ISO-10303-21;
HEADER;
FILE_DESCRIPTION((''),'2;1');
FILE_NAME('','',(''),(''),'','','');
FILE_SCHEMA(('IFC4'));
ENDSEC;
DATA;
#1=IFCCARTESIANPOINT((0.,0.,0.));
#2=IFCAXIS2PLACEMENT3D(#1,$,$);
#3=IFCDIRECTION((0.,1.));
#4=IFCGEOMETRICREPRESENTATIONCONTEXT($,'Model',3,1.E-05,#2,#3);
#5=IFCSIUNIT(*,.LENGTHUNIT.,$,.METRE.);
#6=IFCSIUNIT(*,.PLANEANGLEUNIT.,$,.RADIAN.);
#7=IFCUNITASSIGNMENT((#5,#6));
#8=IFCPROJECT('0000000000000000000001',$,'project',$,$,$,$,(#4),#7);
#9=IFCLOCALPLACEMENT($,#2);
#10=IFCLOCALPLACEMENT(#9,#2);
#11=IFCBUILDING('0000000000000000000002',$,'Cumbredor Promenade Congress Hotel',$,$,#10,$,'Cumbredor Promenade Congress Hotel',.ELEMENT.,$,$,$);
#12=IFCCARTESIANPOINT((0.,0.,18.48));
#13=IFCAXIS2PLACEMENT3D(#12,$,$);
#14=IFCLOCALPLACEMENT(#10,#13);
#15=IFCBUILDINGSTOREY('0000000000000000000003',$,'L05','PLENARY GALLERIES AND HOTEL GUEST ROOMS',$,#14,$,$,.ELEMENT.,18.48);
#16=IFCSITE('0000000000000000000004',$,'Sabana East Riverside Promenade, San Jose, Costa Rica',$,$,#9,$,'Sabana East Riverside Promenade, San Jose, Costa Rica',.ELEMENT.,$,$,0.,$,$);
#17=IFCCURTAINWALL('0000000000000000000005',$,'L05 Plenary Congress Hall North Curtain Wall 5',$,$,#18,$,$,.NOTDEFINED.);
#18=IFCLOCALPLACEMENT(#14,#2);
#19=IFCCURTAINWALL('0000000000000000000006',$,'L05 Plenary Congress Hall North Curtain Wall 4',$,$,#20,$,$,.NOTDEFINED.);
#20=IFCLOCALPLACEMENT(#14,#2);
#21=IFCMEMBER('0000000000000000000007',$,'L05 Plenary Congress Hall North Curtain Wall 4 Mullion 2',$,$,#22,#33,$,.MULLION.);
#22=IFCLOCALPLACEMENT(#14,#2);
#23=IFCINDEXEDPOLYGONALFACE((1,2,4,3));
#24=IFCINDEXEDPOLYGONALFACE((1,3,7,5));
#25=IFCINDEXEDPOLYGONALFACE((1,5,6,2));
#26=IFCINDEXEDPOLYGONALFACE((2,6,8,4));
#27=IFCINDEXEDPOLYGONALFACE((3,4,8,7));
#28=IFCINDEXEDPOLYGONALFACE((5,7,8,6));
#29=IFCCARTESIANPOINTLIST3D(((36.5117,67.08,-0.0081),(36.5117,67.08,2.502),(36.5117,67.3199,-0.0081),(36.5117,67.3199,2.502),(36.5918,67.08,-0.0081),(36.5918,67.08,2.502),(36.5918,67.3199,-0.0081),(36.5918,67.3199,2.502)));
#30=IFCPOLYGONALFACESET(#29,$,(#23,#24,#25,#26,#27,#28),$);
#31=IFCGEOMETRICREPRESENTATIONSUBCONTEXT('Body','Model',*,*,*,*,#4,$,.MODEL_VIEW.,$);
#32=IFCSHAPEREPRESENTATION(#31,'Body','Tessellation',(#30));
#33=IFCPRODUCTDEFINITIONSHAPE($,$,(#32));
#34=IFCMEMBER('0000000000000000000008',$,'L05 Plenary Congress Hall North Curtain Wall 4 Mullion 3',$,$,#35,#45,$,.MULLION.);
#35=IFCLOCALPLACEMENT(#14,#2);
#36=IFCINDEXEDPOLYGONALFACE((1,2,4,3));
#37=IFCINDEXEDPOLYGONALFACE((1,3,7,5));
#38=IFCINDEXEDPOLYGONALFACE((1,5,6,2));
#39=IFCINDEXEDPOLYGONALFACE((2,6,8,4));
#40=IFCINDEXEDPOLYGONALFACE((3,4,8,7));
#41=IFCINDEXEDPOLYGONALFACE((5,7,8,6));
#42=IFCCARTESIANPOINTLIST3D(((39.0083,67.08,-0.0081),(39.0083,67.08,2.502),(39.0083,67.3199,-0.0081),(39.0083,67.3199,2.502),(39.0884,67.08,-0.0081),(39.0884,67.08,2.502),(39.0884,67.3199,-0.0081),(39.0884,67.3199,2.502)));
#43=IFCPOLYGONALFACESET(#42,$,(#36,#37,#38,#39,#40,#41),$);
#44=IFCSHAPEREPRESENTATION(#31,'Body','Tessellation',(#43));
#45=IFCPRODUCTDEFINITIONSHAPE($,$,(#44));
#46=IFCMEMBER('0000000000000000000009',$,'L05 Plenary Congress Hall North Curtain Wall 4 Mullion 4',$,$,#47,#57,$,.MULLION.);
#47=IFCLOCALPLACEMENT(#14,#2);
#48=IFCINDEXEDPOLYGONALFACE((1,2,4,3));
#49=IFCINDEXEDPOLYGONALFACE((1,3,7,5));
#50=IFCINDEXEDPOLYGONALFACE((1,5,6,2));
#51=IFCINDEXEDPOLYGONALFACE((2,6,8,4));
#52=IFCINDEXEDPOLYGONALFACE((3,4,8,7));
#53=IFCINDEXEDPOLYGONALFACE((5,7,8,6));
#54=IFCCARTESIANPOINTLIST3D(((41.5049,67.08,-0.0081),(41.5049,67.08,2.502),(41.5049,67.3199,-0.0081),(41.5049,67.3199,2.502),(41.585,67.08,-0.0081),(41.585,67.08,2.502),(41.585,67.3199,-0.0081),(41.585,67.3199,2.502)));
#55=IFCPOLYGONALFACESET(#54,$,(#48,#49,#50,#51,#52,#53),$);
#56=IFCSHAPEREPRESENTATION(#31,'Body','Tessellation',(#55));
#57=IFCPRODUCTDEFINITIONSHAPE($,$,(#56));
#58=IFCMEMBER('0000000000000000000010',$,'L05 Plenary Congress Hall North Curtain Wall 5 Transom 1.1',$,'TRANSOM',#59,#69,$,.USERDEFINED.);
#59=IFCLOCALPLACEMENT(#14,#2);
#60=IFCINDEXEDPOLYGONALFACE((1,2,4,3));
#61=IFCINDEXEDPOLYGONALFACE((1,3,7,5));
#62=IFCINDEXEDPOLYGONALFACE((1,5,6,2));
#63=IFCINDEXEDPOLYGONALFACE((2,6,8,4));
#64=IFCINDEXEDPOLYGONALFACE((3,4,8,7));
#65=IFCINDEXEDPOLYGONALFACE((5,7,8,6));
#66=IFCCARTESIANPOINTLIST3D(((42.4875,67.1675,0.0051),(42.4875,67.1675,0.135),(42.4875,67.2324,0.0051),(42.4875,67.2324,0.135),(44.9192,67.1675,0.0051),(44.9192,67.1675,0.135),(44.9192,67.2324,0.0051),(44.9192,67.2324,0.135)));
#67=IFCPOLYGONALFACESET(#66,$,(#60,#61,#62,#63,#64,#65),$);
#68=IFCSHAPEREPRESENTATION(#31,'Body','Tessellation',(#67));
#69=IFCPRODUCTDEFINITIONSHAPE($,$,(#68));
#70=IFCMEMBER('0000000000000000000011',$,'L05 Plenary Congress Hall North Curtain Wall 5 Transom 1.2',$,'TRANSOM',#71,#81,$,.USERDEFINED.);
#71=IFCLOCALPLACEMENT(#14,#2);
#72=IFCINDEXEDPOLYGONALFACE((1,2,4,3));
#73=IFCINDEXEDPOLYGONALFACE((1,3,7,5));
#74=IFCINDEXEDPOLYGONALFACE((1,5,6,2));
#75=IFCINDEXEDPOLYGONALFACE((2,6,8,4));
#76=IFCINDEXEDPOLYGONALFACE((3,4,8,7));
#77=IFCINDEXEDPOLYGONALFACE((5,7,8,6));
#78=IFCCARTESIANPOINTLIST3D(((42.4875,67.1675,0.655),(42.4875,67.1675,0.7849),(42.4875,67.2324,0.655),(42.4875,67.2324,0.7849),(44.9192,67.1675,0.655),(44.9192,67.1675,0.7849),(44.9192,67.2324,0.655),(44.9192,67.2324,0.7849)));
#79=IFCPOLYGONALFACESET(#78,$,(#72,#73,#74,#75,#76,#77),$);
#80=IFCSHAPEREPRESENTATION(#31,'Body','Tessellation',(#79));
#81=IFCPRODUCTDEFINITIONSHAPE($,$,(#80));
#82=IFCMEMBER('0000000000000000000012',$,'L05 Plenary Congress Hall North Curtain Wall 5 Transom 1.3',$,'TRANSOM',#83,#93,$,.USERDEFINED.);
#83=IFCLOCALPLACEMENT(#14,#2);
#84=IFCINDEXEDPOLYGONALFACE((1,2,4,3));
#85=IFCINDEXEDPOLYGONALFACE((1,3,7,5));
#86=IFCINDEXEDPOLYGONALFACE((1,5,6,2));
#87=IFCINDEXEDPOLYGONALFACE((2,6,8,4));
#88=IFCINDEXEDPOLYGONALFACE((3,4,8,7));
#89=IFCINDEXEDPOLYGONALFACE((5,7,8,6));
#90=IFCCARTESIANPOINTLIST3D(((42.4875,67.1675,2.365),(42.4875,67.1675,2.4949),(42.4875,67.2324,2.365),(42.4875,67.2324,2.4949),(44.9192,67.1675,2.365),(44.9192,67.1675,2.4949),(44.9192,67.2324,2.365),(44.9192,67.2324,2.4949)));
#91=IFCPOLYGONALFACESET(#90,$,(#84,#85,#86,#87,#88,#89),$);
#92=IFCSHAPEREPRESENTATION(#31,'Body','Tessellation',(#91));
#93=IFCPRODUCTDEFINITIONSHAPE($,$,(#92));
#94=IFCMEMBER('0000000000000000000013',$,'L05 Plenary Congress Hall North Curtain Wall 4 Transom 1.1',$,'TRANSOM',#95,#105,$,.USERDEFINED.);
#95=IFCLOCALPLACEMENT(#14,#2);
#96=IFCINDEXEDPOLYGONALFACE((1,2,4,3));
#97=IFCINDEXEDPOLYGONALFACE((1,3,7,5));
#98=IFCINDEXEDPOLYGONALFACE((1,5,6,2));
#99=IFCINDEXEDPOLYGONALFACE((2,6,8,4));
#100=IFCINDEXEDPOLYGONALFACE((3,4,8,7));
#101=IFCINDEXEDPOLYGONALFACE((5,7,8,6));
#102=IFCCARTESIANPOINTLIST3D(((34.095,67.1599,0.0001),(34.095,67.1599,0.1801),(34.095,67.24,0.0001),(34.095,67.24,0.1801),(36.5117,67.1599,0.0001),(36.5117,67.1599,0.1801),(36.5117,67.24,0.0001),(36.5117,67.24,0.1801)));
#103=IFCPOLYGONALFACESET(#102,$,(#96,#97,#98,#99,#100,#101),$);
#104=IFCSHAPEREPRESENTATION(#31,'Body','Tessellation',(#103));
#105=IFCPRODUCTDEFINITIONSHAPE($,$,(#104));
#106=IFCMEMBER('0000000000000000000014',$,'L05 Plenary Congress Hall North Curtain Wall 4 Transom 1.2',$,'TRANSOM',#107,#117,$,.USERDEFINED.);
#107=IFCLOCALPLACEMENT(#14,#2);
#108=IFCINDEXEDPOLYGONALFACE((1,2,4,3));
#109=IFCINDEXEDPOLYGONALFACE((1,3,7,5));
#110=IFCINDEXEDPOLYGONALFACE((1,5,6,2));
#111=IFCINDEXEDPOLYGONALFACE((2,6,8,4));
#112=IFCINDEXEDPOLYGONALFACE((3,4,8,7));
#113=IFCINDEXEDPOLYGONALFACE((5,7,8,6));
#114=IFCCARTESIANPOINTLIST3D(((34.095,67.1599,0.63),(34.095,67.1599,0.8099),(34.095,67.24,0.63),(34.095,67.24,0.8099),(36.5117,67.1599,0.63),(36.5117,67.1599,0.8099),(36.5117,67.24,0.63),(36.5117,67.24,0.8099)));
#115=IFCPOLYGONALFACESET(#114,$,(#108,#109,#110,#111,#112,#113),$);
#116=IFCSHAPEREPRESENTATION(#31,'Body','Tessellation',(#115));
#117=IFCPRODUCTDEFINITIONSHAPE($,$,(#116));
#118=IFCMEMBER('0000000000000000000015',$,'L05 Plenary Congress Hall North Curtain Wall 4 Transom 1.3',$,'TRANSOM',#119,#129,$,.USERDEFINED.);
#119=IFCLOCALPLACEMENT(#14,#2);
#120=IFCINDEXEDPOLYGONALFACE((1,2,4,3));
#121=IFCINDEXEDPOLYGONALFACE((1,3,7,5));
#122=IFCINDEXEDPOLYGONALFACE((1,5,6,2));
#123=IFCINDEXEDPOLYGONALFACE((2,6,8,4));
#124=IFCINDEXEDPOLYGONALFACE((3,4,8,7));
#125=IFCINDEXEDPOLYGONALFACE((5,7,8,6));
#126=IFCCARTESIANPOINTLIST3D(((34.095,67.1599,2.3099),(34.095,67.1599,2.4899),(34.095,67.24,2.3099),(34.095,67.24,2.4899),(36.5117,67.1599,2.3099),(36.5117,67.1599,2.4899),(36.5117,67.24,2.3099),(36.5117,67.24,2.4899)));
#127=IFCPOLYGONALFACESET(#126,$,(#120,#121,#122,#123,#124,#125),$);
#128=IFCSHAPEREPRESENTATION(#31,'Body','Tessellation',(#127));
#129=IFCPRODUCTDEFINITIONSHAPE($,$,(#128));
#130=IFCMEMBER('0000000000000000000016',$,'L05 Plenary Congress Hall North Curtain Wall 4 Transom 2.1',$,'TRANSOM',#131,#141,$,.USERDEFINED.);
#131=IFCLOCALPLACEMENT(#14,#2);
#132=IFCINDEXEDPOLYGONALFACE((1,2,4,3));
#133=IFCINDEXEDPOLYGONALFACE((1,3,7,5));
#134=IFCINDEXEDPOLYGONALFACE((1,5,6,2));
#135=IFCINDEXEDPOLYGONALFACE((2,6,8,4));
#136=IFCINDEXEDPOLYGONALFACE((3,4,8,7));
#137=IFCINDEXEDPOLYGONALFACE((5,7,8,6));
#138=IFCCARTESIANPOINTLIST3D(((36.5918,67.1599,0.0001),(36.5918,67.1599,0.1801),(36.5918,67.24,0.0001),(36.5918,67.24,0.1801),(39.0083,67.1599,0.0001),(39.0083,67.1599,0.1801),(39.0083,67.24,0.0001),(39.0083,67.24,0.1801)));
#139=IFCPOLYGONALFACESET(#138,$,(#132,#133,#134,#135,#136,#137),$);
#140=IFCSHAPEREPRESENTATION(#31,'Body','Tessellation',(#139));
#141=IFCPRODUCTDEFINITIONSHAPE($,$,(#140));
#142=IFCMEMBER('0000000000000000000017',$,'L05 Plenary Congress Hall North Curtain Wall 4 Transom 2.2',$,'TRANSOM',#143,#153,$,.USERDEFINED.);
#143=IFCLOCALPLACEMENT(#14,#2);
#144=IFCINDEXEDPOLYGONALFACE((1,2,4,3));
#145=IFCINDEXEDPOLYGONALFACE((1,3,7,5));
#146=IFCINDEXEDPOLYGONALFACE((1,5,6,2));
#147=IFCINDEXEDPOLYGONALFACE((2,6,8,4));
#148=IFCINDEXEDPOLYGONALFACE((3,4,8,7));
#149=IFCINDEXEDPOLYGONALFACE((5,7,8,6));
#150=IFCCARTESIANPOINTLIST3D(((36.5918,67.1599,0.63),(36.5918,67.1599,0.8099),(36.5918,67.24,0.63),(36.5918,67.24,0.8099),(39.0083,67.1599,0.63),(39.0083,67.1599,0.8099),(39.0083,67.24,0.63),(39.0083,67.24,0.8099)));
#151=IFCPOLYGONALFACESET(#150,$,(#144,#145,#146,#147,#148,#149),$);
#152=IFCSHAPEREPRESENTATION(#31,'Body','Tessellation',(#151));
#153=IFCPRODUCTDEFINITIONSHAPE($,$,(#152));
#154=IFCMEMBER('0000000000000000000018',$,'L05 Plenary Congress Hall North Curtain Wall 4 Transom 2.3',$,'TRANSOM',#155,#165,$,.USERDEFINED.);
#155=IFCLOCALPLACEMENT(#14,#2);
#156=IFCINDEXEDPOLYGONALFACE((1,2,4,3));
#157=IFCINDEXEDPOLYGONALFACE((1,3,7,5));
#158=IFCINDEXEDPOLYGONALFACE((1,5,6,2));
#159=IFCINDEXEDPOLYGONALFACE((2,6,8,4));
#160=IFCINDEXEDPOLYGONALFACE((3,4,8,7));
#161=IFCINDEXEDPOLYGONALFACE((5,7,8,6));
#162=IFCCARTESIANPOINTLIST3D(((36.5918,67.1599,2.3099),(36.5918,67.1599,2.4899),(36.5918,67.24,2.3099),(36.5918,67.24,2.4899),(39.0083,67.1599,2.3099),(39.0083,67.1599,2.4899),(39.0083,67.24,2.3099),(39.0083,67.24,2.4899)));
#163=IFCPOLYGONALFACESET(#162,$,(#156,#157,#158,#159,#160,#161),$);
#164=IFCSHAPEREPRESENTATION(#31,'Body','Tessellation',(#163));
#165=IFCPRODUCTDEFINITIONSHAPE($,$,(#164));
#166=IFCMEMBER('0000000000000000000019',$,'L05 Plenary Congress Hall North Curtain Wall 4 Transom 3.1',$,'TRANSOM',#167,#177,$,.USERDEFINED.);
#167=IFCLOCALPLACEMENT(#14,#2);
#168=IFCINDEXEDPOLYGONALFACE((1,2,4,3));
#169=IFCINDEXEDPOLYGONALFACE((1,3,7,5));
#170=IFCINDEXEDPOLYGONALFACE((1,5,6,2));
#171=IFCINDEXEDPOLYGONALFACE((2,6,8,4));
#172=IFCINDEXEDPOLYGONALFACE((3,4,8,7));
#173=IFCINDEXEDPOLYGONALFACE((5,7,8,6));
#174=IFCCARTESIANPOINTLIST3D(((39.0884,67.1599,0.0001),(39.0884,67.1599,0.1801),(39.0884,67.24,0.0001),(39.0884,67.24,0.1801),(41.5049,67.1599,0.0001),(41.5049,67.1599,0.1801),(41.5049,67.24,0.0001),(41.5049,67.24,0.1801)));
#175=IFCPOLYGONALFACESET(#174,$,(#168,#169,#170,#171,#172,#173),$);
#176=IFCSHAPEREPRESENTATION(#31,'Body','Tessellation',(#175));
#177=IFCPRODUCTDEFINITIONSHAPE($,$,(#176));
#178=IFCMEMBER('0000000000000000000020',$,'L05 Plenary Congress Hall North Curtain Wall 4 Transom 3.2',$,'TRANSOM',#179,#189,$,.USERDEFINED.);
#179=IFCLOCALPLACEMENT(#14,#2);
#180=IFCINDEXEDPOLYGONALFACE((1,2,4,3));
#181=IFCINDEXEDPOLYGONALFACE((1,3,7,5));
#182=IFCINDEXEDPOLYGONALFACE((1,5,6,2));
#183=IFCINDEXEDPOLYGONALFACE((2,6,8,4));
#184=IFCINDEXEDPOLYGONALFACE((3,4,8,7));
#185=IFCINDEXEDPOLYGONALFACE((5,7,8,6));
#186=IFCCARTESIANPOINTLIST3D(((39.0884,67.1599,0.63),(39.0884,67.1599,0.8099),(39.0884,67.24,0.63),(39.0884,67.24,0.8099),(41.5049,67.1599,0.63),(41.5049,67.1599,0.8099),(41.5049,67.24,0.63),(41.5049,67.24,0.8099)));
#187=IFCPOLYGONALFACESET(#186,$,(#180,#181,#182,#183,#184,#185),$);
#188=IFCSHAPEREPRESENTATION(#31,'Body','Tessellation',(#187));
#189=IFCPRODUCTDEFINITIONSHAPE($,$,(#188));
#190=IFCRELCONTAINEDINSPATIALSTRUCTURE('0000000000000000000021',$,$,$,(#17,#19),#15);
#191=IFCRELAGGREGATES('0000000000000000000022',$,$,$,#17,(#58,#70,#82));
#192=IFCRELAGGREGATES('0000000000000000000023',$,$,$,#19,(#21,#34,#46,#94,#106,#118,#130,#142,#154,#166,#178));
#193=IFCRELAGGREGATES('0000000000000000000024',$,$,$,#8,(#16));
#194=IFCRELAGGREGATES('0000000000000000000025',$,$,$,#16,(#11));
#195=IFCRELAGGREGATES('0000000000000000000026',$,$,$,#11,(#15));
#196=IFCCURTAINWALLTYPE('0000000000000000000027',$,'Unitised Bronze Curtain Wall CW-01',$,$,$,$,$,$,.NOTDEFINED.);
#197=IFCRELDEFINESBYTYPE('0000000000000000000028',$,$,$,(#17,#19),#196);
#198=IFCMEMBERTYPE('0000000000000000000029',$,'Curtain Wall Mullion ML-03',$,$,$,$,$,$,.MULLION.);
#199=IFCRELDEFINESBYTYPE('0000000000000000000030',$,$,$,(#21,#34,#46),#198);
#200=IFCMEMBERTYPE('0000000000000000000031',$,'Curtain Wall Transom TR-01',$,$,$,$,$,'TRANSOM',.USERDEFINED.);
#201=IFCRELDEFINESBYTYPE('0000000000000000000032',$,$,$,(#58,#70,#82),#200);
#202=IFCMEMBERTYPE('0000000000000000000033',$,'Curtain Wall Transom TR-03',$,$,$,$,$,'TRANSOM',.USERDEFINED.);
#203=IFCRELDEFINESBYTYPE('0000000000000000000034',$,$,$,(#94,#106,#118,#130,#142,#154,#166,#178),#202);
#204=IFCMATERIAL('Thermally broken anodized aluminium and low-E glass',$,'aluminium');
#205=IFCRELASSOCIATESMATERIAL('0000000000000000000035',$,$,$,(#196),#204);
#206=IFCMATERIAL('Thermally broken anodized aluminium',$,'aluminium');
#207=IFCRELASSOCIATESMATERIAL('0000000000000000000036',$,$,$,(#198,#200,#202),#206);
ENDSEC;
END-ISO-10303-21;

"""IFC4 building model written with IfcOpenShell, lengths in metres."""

from ifc_helpers import new_model, si_unit, direction, frame, origin, origin_2d, place, context, subcontext, project, spatial, rectangle, extrude, material, material_profile, profile_set, type_object, element, aggregate, save


model = new_model("IFC4")

# Units and contexts
model_context = context("Model", 3, precision=1e-05, world=origin(), true_north=direction((0.0, 1.0)))
body_context = subcontext(model_context, "Body", "Model", "MODEL_VIEW")
ifc_project = project(units=[si_unit("LENGTHUNIT", "METRE"), si_unit("PLANEANGLEUNIT", "RADIAN")], contexts=[model_context])

# Site, building, storey
site_placement = place(None, origin())
site = spatial("IfcSite", under=ifc_project, at=site_placement, Name="Sabana East Riverside Promenade, San Jose, Costa Rica", LongName="Sabana East Riverside Promenade, San Jose, Costa Rica", CompositionType="ELEMENT", RefElevation=0.0)
building_placement = place(site_placement, origin())
building = spatial("IfcBuilding", under=site, at=building_placement, Name="Cumbredor Promenade Congress Hotel", LongName="Cumbredor Promenade Congress Hotel", CompositionType="ELEMENT")
storey_placement = place(building_placement, frame((0.0, 0.0, 18.48)))
storey = spatial("IfcBuildingStorey", under=building, at=storey_placement, Name="L05", Description="PLENARY GALLERIES AND HOTEL GUEST ROOMS", CompositionType="ELEMENT", Elevation=18.48)

# Curtain wall
ifc_material_1 = material(Name="Thermally broken anodized aluminium and low-E glass", Category="aluminium")
curtain_wall_type = type_object("IfcCurtainWallType", Name="Unitised Bronze Curtain Wall CW-01", PredefinedType="NOTDEFINED", material=ifc_material_1)
curtain_wall_1_placement = place(storey_placement, origin())
curtain_wall_1 = element("IfcCurtainWall", 1, at=curtain_wall_1_placement, inside=storey, type_object=curtain_wall_type, Name="L05 Plenary Congress Hall North Curtain Wall 5", PredefinedType="NOTDEFINED")
ifc_material_2 = material(Name="Thermally broken anodized aluminium", Category="aluminium")

# Curtain wall, members
curtain_wall_2_placement = place(storey_placement, origin())
curtain_wall_2 = element("IfcCurtainWall", 2, at=curtain_wall_2_placement, inside=storey, type_object=curtain_wall_type, Name="L05 Plenary Congress Hall North Curtain Wall 4", PredefinedType="NOTDEFINED")
ifc_material_profile_1 = material_profile(ifc_material_2, rectangle(XDim=0.0801, YDim=0.24, at=origin_2d()), Name="ALU MULLION 80x240")
ifc_profile_set_1 = profile_set([ifc_material_profile_1], Name="Thermally broken anodized aluminium")
member_type_1 = type_object("IfcMemberType", Name="Curtain Wall Mullion ML-03", PredefinedType="MULLION", material=ifc_profile_set_1)
member_1_placement = place(storey_placement, frame((36.5518, 67.2, -0.0081), z_axis=(0.0, 0.0, 1.0), x_axis=(1.0, 0.0, 0.0)))
member_1 = element("IfcMember", 3, at=member_1_placement, type_object=member_type_1, Name="L05 Plenary Congress Hall North Curtain Wall 4 Mullion 2", PredefinedType="MULLION", context=body_context, shape_type="SweptSolid", body=[
    extrude(rectangle(XDim=0.0801, YDim=0.24, at=origin_2d()), origin(), (0.0, 0.0, 1.0), 2.51),
])
member_2_placement = place(storey_placement, frame((39.0483, 67.2, -0.0081), z_axis=(0.0, 0.0, 1.0), x_axis=(1.0, 0.0, 0.0)))
member_2 = element("IfcMember", 4, at=member_2_placement, type_object=member_type_1, Name="L05 Plenary Congress Hall North Curtain Wall 4 Mullion 3", PredefinedType="MULLION", context=body_context, shape_type="SweptSolid", body=[
    extrude(rectangle(XDim=0.0801, YDim=0.24, at=origin_2d()), origin(), (0.0, 0.0, 1.0), 2.51),
])
member_3_placement = place(storey_placement, frame((41.5449, 67.2, -0.0081), z_axis=(0.0, 0.0, 1.0), x_axis=(1.0, 0.0, 0.0)))
member_3 = element("IfcMember", 5, at=member_3_placement, type_object=member_type_1, Name="L05 Plenary Congress Hall North Curtain Wall 4 Mullion 4", PredefinedType="MULLION", context=body_context, shape_type="SweptSolid", body=[
    extrude(rectangle(XDim=0.0801, YDim=0.24, at=origin_2d()), origin(), (0.0, 0.0, 1.0), 2.51),
])

# Members
ifc_material_profile_2 = material_profile(ifc_material_2, rectangle(XDim=0.0649, YDim=0.1299, at=origin_2d()), Name="ALU TRANSOM 65x130")
ifc_profile_set_2 = profile_set([ifc_material_profile_2], Name="Thermally broken anodized aluminium")
member_type_2 = type_object("IfcMemberType", Name="Curtain Wall Transom TR-01", ElementType="TRANSOM", PredefinedType="USERDEFINED", material=ifc_profile_set_2)
member_4_placement = place(storey_placement, frame((42.4875, 67.2, 0.0701), z_axis=(1.0, 0.0, 0.0), x_axis=(0.0, 1.0, 0.0)))
member_4 = element("IfcMember", 6, at=member_4_placement, type_object=member_type_2, Name="L05 Plenary Congress Hall North Curtain Wall 5 Transom 1.1", ObjectType="TRANSOM", PredefinedType="USERDEFINED", context=body_context, shape_type="SweptSolid", body=[
    extrude(rectangle(XDim=0.0649, YDim=0.1299, at=origin_2d()), origin(), (0.0, 0.0, 1.0), 2.4316),
])
member_5_placement = place(storey_placement, frame((42.4875, 67.2, 0.72), z_axis=(1.0, 0.0, 0.0), x_axis=(0.0, 1.0, 0.0)))
member_5 = element("IfcMember", 7, at=member_5_placement, type_object=member_type_2, Name="L05 Plenary Congress Hall North Curtain Wall 5 Transom 1.2", ObjectType="TRANSOM", PredefinedType="USERDEFINED", context=body_context, shape_type="SweptSolid", body=[
    extrude(rectangle(XDim=0.0649, YDim=0.1299, at=origin_2d()), origin(), (0.0, 0.0, 1.0), 2.4316),
])
member_6_placement = place(storey_placement, frame((42.4875, 67.2, 2.4299), z_axis=(1.0, 0.0, 0.0), x_axis=(0.0, 1.0, 0.0)))
member_6 = element("IfcMember", 8, at=member_6_placement, type_object=member_type_2, Name="L05 Plenary Congress Hall North Curtain Wall 5 Transom 1.3", ObjectType="TRANSOM", PredefinedType="USERDEFINED", context=body_context, shape_type="SweptSolid", body=[
    extrude(rectangle(XDim=0.0649, YDim=0.1299, at=origin_2d()), origin(), (0.0, 0.0, 1.0), 2.4316),
])
ifc_material_profile_3 = material_profile(ifc_material_2, rectangle(XDim=0.0801, YDim=0.1799, at=origin_2d()), Name="ALU TRANSOM 80x180")
ifc_profile_set_3 = profile_set([ifc_material_profile_3], Name="Thermally broken anodized aluminium")
member_type_3 = type_object("IfcMemberType", Name="Curtain Wall Transom TR-03", ElementType="TRANSOM", PredefinedType="USERDEFINED", material=ifc_profile_set_3)
member_7_placement = place(storey_placement, frame((34.095, 67.2, 0.0901), z_axis=(1.0, 0.0, 0.0), x_axis=(0.0, 1.0, 0.0)))
member_7 = element("IfcMember", 9, at=member_7_placement, type_object=member_type_3, Name="L05 Plenary Congress Hall North Curtain Wall 4 Transom 1.1", ObjectType="TRANSOM", PredefinedType="USERDEFINED", context=body_context, shape_type="SweptSolid", body=[
    extrude(rectangle(XDim=0.0801, YDim=0.1799, at=origin_2d()), origin(), (0.0, 0.0, 1.0), 2.4167),
])
member_8_placement = place(storey_placement, frame((34.095, 67.2, 0.72), z_axis=(1.0, 0.0, 0.0), x_axis=(0.0, 1.0, 0.0)))
member_8 = element("IfcMember", 10, at=member_8_placement, type_object=member_type_3, Name="L05 Plenary Congress Hall North Curtain Wall 4 Transom 1.2", ObjectType="TRANSOM", PredefinedType="USERDEFINED", context=body_context, shape_type="SweptSolid", body=[
    extrude(rectangle(XDim=0.0801, YDim=0.1799, at=origin_2d()), origin(), (0.0, 0.0, 1.0), 2.4167),
])
member_9_placement = place(storey_placement, frame((34.095, 67.2, 2.3999), z_axis=(1.0, 0.0, 0.0), x_axis=(0.0, 1.0, 0.0)))
member_9 = element("IfcMember", 11, at=member_9_placement, type_object=member_type_3, Name="L05 Plenary Congress Hall North Curtain Wall 4 Transom 1.3", ObjectType="TRANSOM", PredefinedType="USERDEFINED", context=body_context, shape_type="SweptSolid", body=[
    extrude(rectangle(XDim=0.0801, YDim=0.1799, at=origin_2d()), origin(), (0.0, 0.0, 1.0), 2.4167),
])
member_10_placement = place(storey_placement, frame((36.5918, 67.2, 0.0901), z_axis=(1.0, 0.0, 0.0), x_axis=(0.0, 1.0, 0.0)))
member_10 = element("IfcMember", 12, at=member_10_placement, type_object=member_type_3, Name="L05 Plenary Congress Hall North Curtain Wall 4 Transom 2.1", ObjectType="TRANSOM", PredefinedType="USERDEFINED", context=body_context, shape_type="SweptSolid", body=[
    extrude(rectangle(XDim=0.0801, YDim=0.1799, at=origin_2d()), origin(), (0.0, 0.0, 1.0), 2.4165),
])
member_11_placement = place(storey_placement, frame((36.5918, 67.2, 0.72), z_axis=(1.0, 0.0, 0.0), x_axis=(0.0, 1.0, 0.0)))
member_11 = element("IfcMember", 13, at=member_11_placement, type_object=member_type_3, Name="L05 Plenary Congress Hall North Curtain Wall 4 Transom 2.2", ObjectType="TRANSOM", PredefinedType="USERDEFINED", context=body_context, shape_type="SweptSolid", body=[
    extrude(rectangle(XDim=0.0801, YDim=0.1799, at=origin_2d()), origin(), (0.0, 0.0, 1.0), 2.4165),
])
member_12_placement = place(storey_placement, frame((36.5918, 67.2, 2.3999), z_axis=(1.0, 0.0, 0.0), x_axis=(0.0, 1.0, 0.0)))
member_12 = element("IfcMember", 14, at=member_12_placement, type_object=member_type_3, Name="L05 Plenary Congress Hall North Curtain Wall 4 Transom 2.3", ObjectType="TRANSOM", PredefinedType="USERDEFINED", context=body_context, shape_type="SweptSolid", body=[
    extrude(rectangle(XDim=0.0801, YDim=0.1799, at=origin_2d()), origin(), (0.0, 0.0, 1.0), 2.4165),
])
member_13_placement = place(storey_placement, frame((39.0884, 67.2, 0.0901), z_axis=(1.0, 0.0, 0.0), x_axis=(0.0, 1.0, 0.0)))
member_13 = element("IfcMember", 15, at=member_13_placement, type_object=member_type_3, Name="L05 Plenary Congress Hall North Curtain Wall 4 Transom 3.1", ObjectType="TRANSOM", PredefinedType="USERDEFINED", context=body_context, shape_type="SweptSolid", body=[
    extrude(rectangle(XDim=0.0801, YDim=0.1799, at=origin_2d()), origin(), (0.0, 0.0, 1.0), 2.4165),
])
member_14_placement = place(storey_placement, frame((39.0884, 67.2, 0.72), z_axis=(1.0, 0.0, 0.0), x_axis=(0.0, 1.0, 0.0)))
member_14 = element("IfcMember", 16, at=member_14_placement, type_object=member_type_3, Name="L05 Plenary Congress Hall North Curtain Wall 4 Transom 3.2", ObjectType="TRANSOM", PredefinedType="USERDEFINED", context=body_context, shape_type="SweptSolid", body=[
    extrude(rectangle(XDim=0.0801, YDim=0.1799, at=origin_2d()), origin(), (0.0, 0.0, 1.0), 2.4165),
])

aggregate(curtain_wall_1, [member_4, member_5, member_6])
aggregate(curtain_wall_2, [member_1, member_2, member_3, member_7, member_8, member_9, member_10, member_11, member_12, member_13, member_14])

save(model, "model.ifc")
